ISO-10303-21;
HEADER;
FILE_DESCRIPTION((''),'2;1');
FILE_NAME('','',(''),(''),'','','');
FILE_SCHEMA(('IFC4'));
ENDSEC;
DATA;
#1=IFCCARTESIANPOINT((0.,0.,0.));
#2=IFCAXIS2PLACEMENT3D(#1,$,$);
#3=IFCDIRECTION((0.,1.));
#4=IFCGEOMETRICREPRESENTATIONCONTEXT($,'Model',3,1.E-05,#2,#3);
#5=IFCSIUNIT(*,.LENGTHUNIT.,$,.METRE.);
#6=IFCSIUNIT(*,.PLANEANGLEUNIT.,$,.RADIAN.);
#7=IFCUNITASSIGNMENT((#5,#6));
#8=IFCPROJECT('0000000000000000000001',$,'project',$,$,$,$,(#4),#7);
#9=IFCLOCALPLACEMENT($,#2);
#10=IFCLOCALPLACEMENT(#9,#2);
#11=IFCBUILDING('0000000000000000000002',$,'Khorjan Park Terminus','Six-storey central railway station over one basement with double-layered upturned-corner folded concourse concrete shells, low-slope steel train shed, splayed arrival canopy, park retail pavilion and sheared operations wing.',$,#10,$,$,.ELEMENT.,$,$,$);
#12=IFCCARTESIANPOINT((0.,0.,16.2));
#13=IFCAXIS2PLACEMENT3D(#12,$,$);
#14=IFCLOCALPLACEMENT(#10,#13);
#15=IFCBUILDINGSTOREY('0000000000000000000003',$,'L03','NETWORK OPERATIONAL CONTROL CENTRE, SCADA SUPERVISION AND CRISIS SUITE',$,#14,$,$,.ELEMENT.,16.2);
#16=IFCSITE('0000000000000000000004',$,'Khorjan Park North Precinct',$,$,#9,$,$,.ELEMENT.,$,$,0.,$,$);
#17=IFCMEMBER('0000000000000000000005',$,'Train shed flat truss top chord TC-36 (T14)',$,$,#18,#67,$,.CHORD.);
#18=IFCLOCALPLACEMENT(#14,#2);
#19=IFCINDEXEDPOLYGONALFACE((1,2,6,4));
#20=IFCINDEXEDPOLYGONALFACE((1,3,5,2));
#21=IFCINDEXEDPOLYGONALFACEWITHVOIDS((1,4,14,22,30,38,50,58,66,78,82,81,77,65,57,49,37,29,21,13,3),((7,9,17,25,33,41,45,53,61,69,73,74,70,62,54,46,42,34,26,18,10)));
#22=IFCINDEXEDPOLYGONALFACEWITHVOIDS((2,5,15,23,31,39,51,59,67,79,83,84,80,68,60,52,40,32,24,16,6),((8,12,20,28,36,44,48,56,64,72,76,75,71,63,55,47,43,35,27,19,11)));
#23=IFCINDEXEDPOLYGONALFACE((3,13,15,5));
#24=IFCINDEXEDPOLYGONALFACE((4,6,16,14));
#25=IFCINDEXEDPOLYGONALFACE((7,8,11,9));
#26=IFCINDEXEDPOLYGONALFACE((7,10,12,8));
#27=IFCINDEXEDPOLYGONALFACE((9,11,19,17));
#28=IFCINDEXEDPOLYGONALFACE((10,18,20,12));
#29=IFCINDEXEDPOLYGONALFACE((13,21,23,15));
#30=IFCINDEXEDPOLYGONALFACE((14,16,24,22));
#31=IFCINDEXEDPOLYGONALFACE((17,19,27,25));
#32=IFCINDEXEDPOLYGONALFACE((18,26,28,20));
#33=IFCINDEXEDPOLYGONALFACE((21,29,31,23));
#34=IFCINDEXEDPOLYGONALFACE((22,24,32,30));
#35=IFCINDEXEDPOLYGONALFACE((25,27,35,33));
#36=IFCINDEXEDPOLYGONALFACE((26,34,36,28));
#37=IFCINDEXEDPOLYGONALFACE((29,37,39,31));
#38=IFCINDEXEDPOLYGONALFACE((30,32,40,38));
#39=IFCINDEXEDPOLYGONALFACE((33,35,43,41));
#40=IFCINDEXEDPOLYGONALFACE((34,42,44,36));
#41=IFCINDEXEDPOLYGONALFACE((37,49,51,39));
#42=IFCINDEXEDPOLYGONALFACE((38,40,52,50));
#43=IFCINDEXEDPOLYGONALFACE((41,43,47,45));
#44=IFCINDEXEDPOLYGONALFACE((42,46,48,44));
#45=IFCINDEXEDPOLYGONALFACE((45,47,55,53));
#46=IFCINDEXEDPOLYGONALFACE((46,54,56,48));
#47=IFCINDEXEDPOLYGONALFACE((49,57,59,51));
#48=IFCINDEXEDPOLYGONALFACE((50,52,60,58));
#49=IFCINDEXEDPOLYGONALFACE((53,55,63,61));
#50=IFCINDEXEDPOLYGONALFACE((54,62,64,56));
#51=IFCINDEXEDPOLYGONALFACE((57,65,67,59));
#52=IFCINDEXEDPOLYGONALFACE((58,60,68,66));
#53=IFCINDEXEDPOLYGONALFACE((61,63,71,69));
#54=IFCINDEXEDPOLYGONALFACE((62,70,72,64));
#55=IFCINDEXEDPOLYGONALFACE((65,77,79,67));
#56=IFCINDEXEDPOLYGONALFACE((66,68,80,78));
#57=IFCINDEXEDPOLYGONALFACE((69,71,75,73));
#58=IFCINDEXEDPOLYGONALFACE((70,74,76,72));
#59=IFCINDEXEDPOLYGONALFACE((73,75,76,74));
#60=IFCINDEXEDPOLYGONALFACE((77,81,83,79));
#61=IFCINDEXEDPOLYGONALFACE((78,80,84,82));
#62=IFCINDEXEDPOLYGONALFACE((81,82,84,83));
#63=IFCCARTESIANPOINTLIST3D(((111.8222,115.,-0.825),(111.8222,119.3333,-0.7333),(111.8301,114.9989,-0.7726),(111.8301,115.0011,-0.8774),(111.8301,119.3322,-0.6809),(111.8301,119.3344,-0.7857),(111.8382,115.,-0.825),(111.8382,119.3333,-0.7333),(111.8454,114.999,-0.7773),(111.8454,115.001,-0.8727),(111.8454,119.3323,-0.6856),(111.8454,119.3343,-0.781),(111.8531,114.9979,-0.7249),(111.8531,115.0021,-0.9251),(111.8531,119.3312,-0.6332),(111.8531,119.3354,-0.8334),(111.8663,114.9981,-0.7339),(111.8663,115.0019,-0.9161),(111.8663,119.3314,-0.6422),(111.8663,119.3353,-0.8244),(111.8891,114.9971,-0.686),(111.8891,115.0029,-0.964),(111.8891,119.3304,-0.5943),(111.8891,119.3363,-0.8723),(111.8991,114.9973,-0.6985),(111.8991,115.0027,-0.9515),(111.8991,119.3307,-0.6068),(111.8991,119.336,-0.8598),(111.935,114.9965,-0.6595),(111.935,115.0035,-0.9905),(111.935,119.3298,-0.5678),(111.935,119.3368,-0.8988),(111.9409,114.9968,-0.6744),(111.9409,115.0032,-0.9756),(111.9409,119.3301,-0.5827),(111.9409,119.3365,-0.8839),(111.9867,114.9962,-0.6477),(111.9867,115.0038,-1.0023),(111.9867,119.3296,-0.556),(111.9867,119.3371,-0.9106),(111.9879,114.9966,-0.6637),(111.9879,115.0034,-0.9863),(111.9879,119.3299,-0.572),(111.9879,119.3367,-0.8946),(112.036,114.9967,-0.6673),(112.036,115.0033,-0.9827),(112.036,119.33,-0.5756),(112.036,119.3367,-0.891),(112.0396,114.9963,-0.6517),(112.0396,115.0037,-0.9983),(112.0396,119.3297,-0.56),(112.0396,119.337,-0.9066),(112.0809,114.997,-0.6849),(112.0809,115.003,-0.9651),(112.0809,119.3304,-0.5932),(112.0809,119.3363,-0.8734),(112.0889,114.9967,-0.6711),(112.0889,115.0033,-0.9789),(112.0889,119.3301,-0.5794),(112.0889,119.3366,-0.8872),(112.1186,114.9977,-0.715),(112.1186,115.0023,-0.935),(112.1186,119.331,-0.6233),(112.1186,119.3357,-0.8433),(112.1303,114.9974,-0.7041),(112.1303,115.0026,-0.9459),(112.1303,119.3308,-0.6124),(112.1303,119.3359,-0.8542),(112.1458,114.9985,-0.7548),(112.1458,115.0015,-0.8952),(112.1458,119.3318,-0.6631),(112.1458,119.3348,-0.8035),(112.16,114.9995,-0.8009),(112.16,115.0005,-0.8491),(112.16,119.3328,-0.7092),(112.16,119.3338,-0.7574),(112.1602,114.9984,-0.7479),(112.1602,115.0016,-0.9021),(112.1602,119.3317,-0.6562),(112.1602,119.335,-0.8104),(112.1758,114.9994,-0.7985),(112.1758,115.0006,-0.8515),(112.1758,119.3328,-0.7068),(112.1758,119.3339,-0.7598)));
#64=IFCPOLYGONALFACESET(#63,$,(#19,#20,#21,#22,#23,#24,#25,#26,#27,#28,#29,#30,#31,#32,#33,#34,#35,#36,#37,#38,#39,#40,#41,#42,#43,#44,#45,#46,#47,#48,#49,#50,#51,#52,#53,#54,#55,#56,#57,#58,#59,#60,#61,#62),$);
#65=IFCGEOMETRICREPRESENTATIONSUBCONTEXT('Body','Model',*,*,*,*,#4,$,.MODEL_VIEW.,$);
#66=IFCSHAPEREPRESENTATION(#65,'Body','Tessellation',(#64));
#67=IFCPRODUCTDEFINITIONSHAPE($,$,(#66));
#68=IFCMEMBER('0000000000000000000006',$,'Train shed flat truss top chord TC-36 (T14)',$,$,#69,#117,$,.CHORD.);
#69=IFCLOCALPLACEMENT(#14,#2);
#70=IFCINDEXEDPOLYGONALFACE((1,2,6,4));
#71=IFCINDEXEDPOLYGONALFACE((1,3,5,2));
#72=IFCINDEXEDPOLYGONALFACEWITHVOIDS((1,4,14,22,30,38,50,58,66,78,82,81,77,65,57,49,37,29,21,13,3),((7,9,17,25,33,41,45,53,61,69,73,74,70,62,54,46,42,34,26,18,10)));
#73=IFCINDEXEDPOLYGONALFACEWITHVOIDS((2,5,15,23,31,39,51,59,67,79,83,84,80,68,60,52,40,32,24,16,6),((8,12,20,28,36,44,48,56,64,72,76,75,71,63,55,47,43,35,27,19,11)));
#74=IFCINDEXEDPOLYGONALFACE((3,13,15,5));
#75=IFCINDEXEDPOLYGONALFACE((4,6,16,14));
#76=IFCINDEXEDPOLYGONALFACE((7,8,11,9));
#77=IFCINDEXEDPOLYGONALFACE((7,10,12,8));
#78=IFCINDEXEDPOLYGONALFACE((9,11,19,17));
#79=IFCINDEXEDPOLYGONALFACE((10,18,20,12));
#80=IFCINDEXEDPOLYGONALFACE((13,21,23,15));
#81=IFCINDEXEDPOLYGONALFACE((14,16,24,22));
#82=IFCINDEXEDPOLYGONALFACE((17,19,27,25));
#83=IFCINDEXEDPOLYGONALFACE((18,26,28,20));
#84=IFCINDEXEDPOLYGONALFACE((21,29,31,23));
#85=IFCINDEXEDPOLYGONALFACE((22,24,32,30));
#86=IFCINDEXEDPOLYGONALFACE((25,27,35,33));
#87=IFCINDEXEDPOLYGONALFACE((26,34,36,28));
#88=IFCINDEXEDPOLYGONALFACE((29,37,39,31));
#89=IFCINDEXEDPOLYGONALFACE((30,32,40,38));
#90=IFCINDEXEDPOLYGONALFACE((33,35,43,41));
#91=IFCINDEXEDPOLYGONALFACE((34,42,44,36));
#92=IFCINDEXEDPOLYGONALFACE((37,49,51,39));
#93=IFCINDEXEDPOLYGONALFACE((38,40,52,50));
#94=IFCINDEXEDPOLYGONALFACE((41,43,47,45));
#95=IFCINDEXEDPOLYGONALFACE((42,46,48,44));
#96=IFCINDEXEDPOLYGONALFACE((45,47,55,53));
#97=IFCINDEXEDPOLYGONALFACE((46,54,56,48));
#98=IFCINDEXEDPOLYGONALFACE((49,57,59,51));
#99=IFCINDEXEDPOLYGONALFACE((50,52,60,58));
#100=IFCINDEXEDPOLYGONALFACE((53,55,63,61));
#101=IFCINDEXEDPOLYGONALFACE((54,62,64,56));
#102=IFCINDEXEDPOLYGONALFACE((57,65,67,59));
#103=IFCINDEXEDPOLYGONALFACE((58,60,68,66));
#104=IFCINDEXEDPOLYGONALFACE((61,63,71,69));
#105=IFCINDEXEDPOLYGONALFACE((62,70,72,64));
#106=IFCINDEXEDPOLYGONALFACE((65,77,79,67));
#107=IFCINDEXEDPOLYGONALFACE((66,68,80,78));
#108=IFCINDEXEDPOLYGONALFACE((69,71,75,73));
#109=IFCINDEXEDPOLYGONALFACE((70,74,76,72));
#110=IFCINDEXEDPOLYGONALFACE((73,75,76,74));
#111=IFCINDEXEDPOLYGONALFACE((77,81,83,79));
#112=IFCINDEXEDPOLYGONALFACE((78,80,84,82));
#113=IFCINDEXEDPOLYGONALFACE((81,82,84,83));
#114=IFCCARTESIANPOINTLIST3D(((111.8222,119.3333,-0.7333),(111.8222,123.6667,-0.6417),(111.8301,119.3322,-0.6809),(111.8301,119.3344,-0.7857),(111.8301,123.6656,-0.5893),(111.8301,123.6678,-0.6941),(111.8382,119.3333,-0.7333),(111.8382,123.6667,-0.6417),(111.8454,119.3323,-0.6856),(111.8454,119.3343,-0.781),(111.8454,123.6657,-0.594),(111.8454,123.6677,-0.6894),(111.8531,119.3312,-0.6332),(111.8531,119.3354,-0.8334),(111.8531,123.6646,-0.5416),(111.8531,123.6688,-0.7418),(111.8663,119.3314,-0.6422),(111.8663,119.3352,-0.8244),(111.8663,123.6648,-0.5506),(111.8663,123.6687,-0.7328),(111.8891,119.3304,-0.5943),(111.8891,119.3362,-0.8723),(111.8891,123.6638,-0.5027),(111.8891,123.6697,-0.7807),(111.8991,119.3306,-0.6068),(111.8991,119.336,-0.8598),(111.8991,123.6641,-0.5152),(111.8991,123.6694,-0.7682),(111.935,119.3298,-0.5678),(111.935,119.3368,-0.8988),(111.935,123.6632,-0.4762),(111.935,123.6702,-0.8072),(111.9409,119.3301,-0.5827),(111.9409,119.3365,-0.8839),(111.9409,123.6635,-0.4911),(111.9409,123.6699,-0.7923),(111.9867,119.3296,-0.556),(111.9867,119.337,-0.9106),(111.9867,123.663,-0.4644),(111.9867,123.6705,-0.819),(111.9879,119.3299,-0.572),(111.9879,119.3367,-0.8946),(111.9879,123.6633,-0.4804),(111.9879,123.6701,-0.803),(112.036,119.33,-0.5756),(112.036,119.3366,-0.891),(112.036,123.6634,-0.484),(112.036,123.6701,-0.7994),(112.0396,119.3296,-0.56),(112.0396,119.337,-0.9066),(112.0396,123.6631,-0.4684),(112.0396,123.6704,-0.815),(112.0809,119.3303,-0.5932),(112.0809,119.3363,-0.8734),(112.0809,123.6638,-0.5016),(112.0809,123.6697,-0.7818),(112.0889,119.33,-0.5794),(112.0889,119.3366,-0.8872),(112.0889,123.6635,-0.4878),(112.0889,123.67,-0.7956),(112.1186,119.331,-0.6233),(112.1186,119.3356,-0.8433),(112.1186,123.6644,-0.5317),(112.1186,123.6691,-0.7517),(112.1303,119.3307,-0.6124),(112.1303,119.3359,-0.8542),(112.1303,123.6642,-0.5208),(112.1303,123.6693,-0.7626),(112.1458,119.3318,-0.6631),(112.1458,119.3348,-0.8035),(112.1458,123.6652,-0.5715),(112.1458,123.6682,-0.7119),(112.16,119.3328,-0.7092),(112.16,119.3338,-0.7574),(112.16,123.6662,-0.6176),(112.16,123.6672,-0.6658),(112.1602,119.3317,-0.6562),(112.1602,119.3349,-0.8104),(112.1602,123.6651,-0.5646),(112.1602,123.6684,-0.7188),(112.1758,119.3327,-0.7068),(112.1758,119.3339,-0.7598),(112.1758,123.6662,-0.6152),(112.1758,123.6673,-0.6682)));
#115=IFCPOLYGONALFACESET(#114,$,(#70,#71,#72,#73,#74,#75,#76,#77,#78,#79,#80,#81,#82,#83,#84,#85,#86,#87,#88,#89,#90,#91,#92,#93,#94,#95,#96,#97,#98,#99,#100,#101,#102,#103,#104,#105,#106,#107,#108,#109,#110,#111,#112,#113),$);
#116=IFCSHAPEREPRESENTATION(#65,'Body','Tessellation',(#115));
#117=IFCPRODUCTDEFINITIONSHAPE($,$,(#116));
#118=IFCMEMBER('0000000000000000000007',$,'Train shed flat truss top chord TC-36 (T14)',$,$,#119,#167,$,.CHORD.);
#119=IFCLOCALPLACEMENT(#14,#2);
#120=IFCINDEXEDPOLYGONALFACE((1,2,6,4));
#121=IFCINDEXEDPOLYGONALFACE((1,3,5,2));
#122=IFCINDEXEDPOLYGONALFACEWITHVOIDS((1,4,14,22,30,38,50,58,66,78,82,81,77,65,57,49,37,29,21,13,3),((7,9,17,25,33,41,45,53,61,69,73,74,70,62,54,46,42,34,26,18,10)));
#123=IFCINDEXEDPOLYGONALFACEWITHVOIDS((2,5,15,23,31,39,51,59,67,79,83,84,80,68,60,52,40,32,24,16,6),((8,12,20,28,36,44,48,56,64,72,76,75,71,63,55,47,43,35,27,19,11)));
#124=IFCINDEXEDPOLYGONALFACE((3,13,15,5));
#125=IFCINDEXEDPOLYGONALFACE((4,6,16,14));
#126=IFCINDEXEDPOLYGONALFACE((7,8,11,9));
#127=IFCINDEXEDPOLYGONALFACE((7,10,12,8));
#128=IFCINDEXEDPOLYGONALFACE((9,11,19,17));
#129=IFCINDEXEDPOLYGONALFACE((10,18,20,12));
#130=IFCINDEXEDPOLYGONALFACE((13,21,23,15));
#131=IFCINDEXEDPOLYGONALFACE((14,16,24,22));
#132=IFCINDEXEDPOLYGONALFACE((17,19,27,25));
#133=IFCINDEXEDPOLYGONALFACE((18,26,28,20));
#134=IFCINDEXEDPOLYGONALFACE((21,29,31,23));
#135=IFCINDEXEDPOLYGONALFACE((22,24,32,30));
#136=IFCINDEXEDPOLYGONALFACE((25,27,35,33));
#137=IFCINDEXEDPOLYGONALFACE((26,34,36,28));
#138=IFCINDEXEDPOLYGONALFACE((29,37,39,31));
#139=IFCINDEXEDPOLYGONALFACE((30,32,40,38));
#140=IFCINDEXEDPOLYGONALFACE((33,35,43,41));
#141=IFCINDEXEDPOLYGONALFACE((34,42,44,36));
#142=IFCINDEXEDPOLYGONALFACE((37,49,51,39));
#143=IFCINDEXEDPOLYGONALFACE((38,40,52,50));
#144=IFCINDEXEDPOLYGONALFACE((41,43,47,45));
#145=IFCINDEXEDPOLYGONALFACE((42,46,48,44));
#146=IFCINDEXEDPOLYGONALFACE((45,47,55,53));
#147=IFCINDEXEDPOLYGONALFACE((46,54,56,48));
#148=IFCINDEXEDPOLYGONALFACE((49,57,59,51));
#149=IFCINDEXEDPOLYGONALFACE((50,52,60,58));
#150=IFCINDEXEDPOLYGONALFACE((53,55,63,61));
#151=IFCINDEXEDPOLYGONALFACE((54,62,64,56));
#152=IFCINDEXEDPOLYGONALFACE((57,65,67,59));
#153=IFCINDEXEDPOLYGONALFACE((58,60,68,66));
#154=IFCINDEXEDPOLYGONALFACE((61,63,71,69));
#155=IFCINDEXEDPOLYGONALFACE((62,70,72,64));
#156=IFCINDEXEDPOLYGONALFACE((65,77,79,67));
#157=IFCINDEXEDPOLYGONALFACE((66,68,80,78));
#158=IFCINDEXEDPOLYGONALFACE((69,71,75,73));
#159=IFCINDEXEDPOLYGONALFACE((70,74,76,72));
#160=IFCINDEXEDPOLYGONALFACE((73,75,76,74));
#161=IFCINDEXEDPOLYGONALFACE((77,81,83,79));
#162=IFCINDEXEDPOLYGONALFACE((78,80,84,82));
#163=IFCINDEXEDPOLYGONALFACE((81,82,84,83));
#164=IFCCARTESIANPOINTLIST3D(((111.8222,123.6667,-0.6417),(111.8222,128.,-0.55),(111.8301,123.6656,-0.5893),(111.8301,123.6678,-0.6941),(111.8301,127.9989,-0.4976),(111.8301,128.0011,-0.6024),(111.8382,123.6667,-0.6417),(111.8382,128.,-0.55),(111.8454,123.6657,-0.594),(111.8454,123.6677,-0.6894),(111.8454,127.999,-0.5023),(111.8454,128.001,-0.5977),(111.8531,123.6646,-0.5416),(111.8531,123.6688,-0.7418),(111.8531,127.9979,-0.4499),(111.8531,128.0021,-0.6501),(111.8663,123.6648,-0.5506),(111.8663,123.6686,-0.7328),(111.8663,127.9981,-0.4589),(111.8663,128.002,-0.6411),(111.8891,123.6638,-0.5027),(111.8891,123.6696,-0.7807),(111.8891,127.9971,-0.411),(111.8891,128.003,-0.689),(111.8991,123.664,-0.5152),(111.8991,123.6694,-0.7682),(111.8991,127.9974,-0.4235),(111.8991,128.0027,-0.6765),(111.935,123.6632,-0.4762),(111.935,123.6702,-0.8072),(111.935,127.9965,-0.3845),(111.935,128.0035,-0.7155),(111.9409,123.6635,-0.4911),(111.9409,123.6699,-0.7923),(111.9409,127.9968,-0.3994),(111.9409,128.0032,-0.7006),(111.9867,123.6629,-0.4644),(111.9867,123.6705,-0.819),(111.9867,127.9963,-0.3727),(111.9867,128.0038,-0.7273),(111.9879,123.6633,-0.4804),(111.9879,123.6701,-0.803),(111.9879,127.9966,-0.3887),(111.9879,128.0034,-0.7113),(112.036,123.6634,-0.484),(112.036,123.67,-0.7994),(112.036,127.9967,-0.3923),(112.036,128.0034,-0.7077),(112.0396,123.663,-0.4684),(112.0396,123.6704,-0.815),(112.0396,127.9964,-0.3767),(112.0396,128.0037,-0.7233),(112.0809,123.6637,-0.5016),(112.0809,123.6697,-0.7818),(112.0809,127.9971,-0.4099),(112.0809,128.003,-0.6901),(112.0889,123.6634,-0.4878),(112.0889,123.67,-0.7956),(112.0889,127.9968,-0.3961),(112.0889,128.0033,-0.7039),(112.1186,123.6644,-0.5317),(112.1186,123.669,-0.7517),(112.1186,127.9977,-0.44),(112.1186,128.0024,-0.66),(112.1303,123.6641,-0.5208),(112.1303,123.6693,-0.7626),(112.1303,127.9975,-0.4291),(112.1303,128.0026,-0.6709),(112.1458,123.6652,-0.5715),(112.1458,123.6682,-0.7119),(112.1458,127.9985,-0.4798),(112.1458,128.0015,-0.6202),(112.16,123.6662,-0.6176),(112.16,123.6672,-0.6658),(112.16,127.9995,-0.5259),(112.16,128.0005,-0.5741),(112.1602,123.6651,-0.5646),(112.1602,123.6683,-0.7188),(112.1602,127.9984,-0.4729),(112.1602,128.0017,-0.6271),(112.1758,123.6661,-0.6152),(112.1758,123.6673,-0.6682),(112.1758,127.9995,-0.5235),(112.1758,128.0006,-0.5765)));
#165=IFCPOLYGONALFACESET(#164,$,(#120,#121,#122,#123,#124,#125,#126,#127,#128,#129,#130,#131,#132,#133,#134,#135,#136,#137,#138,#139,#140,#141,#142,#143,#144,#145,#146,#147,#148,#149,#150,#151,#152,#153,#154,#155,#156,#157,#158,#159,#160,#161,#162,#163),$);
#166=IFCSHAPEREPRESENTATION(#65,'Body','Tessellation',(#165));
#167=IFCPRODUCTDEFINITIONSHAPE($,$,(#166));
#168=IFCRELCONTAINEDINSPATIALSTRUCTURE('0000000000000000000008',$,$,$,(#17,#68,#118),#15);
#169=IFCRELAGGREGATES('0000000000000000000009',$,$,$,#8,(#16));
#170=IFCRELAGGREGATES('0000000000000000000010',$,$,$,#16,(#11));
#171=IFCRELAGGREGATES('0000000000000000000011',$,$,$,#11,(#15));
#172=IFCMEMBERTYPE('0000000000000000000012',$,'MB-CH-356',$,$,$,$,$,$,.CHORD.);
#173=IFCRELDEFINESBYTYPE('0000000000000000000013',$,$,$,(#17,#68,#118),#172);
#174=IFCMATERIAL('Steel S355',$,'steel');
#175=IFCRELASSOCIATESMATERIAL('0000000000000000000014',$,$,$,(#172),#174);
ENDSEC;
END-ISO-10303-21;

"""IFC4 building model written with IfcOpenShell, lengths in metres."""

from ifc_helpers import new_model, si_unit, direction, frame, origin, origin_2d, place, context, subcontext, project, spatial, hollow_circle, extrude, material, material_profile, profile_set, type_object, element, save


model = new_model("IFC4")

# Units and contexts
model_context = context("Model", 3, precision=1e-05, world=origin(), true_north=direction((0.0, 1.0)))
body_context = subcontext(model_context, "Body", "Model", "MODEL_VIEW")
ifc_project = project(units=[si_unit("LENGTHUNIT", "METRE"), si_unit("PLANEANGLEUNIT", "RADIAN")], contexts=[model_context])

# Site, building, storey
site_placement = place(None, origin())
site = spatial("IfcSite", under=ifc_project, at=site_placement, Name="Khorjan Park North Precinct", CompositionType="ELEMENT", RefElevation=0.0)
building_placement = place(site_placement, origin())
building = spatial("IfcBuilding", under=site, at=building_placement, Name="Khorjan Park Terminus", Description="Six-storey central railway station over one basement with double-layered upturned-corner folded concourse concrete shells, low-slope steel train shed, splayed arrival canopy, park retail pavilion and sheared operations wing.", CompositionType="ELEMENT")
storey_placement = place(building_placement, frame((0.0, 0.0, 16.2)))
storey = spatial("IfcBuildingStorey", under=building, at=storey_placement, Name="L03", Description="NETWORK OPERATIONAL CONTROL CENTRE, SCADA SUPERVISION AND CRISIS SUITE", CompositionType="ELEMENT", Elevation=16.2)

# Members
ifc_material = material(Name="Steel S355", Category="steel")
ifc_material_profile_1 = material_profile(ifc_material, hollow_circle(Radius=0.1778, WallThickness=0.016, at=origin_2d()), Name="CHS 355.6x16")
ifc_profile_set_1 = profile_set([ifc_material_profile_1], Name="Steel S355")
member_type_1 = type_object("IfcMemberType", Name="MB-CH-356", PredefinedType="CHORD", material=ifc_profile_set_1)
member_1_placement = place(storey_placement, frame((112.0, 115.0, -0.825), z_axis=(0.0, 0.999776, 0.021157), x_axis=(-1.0, 0.0, 0.0)))
element("IfcMember", 1, at=member_1_placement, inside=storey, type_object=member_type_1, Name="Train shed flat truss top chord TC-36 (T14)", PredefinedType="CHORD", context=body_context, shape_type="SweptSolid", body=[
    extrude(hollow_circle(Radius=0.1778, WallThickness=0.016, at=origin_2d()), origin(), (0.0, 0.0, 1.0), 4.3343),
])
member_2_placement = place(storey_placement, frame((112.0, 119.3333, -0.7333), z_axis=(0.0, 0.999777, 0.021133), x_axis=(-1.0, 0.0, 0.0)))
element("IfcMember", 2, at=member_2_placement, inside=storey, type_object=member_type_1, Name="Train shed flat truss top chord TC-36 (T14)", PredefinedType="CHORD", context=body_context, shape_type="SweptSolid", body=[
    extrude(hollow_circle(Radius=0.1778, WallThickness=0.016, at=origin_2d()), origin(), (0.0, 0.0, 1.0), 4.3344),
])
for number, where, z_axis, x_axis, name in (
    (3, (112.0, 123.6667, -0.6417), (0.0, 0.999776, 0.021157), (-1.0, 0.0, 0.0), "Train shed flat truss top chord TC-36 (T14)"),
):
    element("IfcMember", number, at=place(storey_placement, frame(where, z_axis=z_axis, x_axis=x_axis)), inside=storey, type_object=member_type_1, Name=name, PredefinedType="CHORD", context=body_context, shape_type="SweptSolid", body=[
        extrude(hollow_circle(Radius=0.1778, WallThickness=0.016, at=origin_2d()), origin(), (0.0, 0.0, 1.0), 4.3343),
    ])

save(model, "model.ifc")
